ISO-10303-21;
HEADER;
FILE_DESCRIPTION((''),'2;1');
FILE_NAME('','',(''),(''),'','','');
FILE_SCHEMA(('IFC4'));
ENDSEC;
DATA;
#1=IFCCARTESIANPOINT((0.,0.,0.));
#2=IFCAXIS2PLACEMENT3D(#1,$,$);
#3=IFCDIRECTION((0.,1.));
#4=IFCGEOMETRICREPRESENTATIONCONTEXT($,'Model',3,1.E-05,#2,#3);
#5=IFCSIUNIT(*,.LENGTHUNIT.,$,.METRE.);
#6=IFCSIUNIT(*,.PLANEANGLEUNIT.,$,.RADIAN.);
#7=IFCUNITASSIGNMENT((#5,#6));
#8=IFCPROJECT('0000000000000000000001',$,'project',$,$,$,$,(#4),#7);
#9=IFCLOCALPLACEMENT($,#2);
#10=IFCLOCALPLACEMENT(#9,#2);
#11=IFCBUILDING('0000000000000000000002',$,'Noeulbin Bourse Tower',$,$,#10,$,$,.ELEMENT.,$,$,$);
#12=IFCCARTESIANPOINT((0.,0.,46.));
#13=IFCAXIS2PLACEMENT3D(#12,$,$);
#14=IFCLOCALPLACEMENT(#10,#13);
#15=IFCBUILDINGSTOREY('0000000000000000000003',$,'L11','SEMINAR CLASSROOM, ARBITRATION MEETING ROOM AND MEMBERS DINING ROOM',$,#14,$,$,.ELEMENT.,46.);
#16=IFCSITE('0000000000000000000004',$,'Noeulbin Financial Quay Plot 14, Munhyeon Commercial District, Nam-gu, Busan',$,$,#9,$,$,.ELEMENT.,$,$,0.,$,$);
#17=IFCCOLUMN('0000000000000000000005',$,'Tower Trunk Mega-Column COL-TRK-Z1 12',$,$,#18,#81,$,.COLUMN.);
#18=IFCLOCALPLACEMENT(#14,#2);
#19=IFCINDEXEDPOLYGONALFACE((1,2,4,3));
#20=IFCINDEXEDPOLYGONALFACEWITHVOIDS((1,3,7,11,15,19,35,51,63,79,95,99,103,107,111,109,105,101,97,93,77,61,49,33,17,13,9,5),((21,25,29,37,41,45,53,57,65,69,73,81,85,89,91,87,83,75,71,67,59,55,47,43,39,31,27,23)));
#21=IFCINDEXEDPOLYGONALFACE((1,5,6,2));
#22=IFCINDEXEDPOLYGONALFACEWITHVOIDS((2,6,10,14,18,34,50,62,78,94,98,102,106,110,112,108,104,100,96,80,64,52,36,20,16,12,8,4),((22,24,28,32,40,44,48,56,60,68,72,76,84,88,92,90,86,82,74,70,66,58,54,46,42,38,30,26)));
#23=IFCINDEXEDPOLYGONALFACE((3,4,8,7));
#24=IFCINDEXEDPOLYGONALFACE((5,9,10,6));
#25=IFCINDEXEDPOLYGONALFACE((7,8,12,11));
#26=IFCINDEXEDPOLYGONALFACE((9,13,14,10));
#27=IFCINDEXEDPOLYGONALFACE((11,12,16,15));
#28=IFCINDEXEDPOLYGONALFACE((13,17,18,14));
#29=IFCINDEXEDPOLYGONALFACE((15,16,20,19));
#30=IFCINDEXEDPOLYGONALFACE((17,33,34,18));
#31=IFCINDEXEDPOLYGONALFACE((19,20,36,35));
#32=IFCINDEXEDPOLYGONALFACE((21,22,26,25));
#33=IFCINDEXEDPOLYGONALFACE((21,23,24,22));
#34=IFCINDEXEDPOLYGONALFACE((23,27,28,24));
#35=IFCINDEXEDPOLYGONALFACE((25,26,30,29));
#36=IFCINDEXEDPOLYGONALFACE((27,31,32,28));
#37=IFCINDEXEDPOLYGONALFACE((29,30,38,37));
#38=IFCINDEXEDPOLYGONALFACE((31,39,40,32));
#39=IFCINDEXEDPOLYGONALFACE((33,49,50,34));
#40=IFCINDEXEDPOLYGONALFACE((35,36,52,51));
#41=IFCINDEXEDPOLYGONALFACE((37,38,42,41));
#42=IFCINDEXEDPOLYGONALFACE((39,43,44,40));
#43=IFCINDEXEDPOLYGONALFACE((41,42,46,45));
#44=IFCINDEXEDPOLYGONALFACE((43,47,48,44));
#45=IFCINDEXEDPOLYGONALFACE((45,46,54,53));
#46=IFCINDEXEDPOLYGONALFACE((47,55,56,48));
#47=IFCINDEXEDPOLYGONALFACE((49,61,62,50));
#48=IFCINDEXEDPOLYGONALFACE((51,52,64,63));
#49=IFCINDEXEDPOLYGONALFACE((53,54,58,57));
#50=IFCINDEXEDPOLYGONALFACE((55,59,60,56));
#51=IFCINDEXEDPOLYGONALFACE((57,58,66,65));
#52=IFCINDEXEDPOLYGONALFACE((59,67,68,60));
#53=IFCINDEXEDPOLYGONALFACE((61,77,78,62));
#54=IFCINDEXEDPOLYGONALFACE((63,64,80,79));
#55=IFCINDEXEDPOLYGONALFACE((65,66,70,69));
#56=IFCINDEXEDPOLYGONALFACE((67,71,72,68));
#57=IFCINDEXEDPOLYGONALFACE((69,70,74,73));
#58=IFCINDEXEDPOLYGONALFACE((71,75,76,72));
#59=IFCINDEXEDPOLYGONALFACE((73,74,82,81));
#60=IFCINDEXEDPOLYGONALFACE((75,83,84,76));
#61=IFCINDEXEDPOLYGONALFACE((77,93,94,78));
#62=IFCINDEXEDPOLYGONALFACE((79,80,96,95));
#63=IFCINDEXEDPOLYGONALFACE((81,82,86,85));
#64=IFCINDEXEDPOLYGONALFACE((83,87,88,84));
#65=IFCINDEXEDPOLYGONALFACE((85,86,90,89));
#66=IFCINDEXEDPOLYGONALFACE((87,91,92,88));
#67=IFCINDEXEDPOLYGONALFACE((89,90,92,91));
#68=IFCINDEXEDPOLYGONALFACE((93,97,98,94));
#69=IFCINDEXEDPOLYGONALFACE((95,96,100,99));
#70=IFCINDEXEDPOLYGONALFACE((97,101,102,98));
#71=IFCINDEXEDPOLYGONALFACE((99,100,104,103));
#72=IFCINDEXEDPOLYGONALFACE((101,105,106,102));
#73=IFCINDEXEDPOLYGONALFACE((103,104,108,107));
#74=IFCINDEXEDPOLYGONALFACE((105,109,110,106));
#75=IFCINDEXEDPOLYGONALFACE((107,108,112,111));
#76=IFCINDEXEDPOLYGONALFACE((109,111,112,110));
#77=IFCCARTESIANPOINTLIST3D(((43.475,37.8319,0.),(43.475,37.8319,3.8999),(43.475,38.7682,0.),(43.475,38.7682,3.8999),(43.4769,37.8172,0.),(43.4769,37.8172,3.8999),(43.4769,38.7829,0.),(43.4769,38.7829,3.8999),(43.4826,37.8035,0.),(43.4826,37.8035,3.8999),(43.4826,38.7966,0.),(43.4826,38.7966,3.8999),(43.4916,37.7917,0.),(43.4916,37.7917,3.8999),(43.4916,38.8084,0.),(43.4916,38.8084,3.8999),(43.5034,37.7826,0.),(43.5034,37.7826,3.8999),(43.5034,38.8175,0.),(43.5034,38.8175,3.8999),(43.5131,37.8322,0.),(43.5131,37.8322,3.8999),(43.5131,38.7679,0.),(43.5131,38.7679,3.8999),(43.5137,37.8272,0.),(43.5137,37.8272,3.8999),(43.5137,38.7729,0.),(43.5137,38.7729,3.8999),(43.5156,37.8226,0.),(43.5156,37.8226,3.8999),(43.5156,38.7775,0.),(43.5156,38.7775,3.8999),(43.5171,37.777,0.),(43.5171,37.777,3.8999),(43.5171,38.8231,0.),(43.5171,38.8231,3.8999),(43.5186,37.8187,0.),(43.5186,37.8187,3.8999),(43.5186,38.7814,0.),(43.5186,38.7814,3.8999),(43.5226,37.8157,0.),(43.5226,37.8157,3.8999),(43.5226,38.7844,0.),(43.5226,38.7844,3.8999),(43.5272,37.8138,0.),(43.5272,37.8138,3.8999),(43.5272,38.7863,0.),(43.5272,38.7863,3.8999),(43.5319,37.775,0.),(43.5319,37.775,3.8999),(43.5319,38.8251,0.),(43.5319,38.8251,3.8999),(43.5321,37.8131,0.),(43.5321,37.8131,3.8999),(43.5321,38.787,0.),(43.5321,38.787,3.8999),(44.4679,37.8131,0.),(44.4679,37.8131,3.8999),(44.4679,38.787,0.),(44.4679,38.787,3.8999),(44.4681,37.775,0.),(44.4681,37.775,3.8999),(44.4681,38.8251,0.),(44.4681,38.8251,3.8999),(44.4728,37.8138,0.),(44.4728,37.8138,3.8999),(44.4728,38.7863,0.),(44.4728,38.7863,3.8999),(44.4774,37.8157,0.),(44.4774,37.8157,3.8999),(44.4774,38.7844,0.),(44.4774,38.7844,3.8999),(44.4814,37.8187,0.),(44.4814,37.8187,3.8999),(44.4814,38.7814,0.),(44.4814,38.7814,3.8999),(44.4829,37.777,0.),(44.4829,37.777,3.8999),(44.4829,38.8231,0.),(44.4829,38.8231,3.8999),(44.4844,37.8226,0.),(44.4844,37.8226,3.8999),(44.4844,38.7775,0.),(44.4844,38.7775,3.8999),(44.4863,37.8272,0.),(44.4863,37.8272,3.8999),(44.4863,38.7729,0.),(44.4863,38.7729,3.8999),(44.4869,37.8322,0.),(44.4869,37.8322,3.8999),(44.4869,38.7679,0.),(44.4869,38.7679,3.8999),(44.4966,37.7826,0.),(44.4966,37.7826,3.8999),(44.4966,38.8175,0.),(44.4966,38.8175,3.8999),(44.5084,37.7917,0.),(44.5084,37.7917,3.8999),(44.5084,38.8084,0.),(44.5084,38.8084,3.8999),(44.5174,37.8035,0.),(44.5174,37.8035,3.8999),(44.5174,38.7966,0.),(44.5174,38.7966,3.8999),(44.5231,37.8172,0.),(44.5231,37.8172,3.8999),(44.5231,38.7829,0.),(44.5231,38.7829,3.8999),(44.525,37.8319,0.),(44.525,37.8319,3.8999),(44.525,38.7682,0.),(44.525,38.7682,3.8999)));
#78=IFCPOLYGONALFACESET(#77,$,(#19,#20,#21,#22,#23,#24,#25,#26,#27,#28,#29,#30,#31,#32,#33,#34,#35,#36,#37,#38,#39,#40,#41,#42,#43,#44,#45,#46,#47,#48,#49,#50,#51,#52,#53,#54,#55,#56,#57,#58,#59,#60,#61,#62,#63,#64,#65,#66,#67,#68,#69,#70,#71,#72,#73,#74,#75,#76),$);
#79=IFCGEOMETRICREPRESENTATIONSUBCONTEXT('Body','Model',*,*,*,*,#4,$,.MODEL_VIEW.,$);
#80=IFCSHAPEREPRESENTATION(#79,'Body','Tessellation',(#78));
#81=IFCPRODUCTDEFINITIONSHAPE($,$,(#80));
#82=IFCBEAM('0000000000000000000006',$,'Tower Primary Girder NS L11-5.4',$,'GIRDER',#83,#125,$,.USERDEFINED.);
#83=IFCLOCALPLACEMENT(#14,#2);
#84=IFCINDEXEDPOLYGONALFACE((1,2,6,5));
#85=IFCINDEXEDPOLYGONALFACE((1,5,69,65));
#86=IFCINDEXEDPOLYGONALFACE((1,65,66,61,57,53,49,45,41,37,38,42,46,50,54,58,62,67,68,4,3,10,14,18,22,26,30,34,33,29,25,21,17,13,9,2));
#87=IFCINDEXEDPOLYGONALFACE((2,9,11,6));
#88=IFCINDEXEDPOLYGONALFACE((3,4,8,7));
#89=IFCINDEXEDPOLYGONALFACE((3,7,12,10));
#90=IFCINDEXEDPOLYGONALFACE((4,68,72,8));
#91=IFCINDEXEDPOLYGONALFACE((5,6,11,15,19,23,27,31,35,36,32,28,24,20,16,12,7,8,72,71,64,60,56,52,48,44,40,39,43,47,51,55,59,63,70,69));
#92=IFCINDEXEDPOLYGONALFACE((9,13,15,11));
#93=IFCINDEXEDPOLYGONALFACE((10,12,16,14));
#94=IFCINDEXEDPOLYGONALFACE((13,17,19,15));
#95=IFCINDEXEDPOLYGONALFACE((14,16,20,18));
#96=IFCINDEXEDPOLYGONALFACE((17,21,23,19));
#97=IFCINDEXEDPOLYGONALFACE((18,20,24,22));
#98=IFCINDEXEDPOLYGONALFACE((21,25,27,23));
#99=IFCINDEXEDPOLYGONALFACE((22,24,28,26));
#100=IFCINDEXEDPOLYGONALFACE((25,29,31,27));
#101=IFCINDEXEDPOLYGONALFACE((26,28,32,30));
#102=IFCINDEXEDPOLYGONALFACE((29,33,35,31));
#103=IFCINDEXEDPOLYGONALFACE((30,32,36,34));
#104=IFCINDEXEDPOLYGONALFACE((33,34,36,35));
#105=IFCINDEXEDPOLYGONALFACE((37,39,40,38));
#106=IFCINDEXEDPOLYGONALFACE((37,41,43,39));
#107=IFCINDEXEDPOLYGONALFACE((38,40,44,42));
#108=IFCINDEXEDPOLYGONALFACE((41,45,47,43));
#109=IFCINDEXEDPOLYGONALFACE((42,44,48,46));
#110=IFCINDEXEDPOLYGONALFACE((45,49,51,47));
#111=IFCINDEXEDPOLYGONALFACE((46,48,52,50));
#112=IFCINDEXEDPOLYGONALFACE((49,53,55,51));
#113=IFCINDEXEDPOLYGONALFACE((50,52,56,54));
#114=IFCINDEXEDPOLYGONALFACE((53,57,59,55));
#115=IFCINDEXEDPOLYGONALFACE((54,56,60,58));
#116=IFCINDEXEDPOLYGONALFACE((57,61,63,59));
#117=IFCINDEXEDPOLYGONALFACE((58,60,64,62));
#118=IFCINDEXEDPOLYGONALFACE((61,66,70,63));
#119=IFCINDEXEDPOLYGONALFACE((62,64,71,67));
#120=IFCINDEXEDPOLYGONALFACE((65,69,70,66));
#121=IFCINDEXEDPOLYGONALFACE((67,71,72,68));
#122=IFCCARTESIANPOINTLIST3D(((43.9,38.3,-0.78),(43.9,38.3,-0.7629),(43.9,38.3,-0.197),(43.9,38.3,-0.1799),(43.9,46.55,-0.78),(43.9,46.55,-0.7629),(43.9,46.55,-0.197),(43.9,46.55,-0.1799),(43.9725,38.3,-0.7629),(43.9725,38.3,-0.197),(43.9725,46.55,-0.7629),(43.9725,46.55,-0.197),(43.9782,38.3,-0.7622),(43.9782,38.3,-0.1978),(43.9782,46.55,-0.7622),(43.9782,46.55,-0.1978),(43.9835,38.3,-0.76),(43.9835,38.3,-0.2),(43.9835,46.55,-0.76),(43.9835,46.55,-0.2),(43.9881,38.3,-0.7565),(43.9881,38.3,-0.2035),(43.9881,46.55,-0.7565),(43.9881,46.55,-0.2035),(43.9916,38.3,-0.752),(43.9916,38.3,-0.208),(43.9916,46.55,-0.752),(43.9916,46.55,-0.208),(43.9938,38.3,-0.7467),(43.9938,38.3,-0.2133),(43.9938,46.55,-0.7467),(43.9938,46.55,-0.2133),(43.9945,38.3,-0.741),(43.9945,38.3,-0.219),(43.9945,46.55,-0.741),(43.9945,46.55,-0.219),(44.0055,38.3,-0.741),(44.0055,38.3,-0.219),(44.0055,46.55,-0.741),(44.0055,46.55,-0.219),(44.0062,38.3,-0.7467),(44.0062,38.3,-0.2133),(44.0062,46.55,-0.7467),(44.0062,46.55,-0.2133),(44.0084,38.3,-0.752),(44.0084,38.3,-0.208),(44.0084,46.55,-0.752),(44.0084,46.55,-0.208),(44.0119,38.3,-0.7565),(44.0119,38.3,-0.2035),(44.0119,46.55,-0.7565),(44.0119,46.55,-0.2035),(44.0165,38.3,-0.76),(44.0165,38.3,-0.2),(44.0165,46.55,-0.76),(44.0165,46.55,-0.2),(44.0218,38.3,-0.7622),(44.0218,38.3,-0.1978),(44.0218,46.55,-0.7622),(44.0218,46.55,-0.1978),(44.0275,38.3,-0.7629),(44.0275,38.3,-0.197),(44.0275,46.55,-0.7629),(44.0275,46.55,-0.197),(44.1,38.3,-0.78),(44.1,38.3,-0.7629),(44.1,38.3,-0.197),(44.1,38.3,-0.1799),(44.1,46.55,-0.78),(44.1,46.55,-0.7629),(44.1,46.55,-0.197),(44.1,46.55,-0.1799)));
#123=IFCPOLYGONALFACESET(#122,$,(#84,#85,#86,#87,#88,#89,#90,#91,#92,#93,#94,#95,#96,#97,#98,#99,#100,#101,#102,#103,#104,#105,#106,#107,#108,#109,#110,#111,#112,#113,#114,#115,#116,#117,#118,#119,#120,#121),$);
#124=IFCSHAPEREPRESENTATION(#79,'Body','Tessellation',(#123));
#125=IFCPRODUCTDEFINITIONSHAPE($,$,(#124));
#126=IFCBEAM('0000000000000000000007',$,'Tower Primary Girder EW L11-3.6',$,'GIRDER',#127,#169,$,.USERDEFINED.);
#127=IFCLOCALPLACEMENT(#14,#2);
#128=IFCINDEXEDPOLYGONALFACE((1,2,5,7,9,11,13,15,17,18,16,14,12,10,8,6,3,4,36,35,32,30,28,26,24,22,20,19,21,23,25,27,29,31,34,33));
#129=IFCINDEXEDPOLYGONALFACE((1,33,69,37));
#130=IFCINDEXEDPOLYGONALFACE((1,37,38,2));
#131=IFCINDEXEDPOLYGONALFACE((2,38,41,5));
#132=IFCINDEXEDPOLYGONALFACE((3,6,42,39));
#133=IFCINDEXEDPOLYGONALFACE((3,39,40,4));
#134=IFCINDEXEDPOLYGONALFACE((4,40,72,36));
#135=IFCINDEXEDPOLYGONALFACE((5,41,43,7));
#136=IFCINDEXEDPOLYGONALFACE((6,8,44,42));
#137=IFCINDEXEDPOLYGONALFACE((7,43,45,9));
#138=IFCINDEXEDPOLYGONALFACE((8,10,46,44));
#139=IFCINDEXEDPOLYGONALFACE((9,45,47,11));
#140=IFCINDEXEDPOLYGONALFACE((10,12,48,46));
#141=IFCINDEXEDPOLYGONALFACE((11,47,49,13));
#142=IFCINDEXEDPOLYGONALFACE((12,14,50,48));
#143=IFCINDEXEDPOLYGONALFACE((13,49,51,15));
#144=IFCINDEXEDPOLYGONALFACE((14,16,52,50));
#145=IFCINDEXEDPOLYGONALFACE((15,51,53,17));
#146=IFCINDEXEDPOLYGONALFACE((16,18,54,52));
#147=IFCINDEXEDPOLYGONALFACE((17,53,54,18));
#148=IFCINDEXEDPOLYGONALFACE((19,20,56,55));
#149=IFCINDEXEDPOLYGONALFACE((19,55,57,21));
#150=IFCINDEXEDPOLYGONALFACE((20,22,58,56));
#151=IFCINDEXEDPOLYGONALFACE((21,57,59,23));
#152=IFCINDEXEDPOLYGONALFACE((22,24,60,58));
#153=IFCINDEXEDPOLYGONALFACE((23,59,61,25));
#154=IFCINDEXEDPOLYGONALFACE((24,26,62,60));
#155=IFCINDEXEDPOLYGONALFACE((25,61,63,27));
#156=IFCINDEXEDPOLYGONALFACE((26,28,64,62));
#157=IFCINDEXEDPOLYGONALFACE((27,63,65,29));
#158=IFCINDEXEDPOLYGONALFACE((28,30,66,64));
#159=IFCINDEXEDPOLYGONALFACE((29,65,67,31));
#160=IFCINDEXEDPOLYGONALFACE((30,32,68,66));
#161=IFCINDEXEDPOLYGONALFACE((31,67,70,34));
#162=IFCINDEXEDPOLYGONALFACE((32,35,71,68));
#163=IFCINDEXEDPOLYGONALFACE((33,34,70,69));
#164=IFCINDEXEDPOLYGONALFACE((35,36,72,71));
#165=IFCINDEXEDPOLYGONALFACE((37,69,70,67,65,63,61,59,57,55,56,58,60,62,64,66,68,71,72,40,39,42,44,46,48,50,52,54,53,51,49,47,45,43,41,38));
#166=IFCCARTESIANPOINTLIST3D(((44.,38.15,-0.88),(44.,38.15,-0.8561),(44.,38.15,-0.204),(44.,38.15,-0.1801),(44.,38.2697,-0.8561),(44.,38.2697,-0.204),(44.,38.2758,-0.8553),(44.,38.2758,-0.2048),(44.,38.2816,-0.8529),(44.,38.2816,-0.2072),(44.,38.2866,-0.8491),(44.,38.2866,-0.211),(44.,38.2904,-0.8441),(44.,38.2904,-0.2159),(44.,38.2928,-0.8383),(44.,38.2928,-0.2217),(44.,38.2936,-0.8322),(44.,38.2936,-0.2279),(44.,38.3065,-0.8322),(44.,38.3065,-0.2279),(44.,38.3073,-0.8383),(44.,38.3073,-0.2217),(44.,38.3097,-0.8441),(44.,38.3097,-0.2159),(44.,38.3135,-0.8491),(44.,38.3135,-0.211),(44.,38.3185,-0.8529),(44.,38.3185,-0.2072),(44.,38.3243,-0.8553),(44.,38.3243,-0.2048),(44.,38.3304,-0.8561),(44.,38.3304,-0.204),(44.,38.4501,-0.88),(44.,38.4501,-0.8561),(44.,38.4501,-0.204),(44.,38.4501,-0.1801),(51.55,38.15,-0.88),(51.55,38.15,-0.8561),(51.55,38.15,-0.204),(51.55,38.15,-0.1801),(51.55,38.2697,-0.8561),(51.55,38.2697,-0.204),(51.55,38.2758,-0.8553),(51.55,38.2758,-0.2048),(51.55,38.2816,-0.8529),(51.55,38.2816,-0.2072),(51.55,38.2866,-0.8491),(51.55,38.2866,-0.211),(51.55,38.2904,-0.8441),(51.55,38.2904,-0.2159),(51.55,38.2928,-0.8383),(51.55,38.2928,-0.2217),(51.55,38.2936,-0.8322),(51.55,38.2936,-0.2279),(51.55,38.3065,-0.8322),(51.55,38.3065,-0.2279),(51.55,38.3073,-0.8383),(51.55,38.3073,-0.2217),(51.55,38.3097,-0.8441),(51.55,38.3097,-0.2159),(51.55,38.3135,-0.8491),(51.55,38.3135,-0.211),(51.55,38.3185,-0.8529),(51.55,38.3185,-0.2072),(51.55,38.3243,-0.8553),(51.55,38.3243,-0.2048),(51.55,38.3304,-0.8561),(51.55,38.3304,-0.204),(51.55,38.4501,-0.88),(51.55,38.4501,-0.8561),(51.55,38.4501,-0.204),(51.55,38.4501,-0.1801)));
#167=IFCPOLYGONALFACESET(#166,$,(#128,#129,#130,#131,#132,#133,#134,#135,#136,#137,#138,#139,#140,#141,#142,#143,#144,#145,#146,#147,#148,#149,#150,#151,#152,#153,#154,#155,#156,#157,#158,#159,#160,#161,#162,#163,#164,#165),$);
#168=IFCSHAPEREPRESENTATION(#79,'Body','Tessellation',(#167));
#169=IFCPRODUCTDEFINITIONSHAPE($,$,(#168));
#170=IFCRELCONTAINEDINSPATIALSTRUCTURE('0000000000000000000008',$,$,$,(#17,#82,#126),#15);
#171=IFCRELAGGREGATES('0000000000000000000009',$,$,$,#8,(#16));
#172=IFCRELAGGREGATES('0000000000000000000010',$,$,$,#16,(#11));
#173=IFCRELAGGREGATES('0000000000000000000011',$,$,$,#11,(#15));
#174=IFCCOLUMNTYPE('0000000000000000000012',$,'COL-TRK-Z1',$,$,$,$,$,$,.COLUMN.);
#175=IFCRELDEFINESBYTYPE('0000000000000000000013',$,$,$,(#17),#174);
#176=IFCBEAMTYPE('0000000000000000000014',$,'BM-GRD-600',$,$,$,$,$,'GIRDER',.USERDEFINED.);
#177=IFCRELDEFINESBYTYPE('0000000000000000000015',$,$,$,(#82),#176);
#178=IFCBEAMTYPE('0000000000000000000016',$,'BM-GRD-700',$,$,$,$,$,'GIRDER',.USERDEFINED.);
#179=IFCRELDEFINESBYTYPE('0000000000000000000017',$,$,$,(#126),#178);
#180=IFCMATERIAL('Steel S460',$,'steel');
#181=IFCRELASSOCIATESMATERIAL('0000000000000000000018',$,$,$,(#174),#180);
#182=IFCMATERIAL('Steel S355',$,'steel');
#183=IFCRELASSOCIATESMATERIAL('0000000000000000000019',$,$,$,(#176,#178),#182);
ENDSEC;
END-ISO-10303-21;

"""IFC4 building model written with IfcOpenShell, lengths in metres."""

from ifc_helpers import new_model, si_unit, direction, frame, origin, origin_2d, place, context, subcontext, project, spatial, hollow_rectangle, i_section, extrude, material, material_profile, profile_set, type_object, element, save


model = new_model("IFC4")

# Units and contexts
model_context = context("Model", 3, precision=1e-05, world=origin(), true_north=direction((0.0, 1.0)))
body_context = subcontext(model_context, "Body", "Model", "MODEL_VIEW")
ifc_project = project(units=[si_unit("LENGTHUNIT", "METRE"), si_unit("PLANEANGLEUNIT", "RADIAN")], contexts=[model_context])

# Site, building, storey
site_placement = place(None, origin())
site = spatial("IfcSite", under=ifc_project, at=site_placement, Name="Noeulbin Financial Quay Plot 14, Munhyeon Commercial District, Nam-gu, Busan", CompositionType="ELEMENT", RefElevation=0.0)
building_placement = place(site_placement, origin())
building = spatial("IfcBuilding", under=site, at=building_placement, Name="Noeulbin Bourse Tower", CompositionType="ELEMENT")
storey_placement = place(building_placement, frame((0.0, 0.0, 46.0)))
storey = spatial("IfcBuildingStorey", under=building, at=storey_placement, Name="L11", Description="SEMINAR CLASSROOM, ARBITRATION MEETING ROOM AND MEMBERS DINING ROOM", CompositionType="ELEMENT", Elevation=46.0)

# Column
ifc_material_1 = material(Name="Steel S460", Category="steel")
ifc_material_profile_1 = material_profile(ifc_material_1, hollow_rectangle(XDim=1.05, YDim=1.05, WallThickness=0.0381, InnerFilletRadius=0.019, OuterFilletRadius=0.0569, at=origin_2d()), Name="BOX-1050x1050x38", Category="LoadBearing")
ifc_profile_set_1 = profile_set([ifc_material_profile_1], Name="Steel S460")
column_type_1 = type_object("IfcColumnType", Name="COL-TRK-Z1", PredefinedType="COLUMN", material=ifc_profile_set_1)
column_placement = place(storey_placement, frame((44.0, 38.3, 0.0), z_axis=(0.0, 0.0, 1.0), x_axis=(1.0, 0.0, 0.0)))
element("IfcColumn", 1, at=column_placement, inside=storey, type_object=column_type_1, Name="Tower Trunk Mega-Column COL-TRK-Z1 12", PredefinedType="COLUMN", context=body_context, shape_type="SweptSolid", body=[
    extrude(hollow_rectangle(XDim=1.05, YDim=1.05, WallThickness=0.0381, InnerFilletRadius=0.019, OuterFilletRadius=0.0569, at=origin_2d()), origin(), (0.0, 0.0, 1.0), 3.8999),
])

# Beams
ifc_material_2 = material(Name="Steel S355", Category="steel")
ifc_material_profile_2 = material_profile(ifc_material_2, i_section(OverallWidth=0.2, OverallDepth=0.6001, WebThickness=0.011, FlangeThickness=0.0171, FilletRadius=0.022, at=origin_2d()), Name="H-600x200x11x17", Category="LoadBearing")
ifc_profile_set_2 = profile_set([ifc_material_profile_2], Name="Steel S355")
beam_type_1 = type_object("IfcBeamType", Name="BM-GRD-600", ElementType="GIRDER", PredefinedType="USERDEFINED", material=ifc_profile_set_2)
beam_1_placement = place(storey_placement, frame((44.0, 38.3, -0.48), z_axis=(0.0, 1.0, 0.0), x_axis=(-1.0, 0.0, 0.0)))
element("IfcBeam", 2, at=beam_1_placement, inside=storey, type_object=beam_type_1, Name="Tower Primary Girder NS L11-5.4", ObjectType="GIRDER", PredefinedType="USERDEFINED", context=body_context, shape_type="SweptSolid", body=[
    extrude(i_section(OverallWidth=0.2, OverallDepth=0.6001, WebThickness=0.011, FlangeThickness=0.0171, FilletRadius=0.022, at=origin_2d()), origin(), (0.0, 0.0, 1.0), 8.25),
])
ifc_material_profile_3 = material_profile(ifc_material_2, i_section(OverallWidth=0.3, OverallDepth=0.7, WebThickness=0.0129, FlangeThickness=0.0239, FilletRadius=0.0239, at=origin_2d()), Name="H-700x300x13x24", Category="LoadBearing")
ifc_profile_set_3 = profile_set([ifc_material_profile_3], Name="Steel S355")
beam_type_2 = type_object("IfcBeamType", Name="BM-GRD-700", ElementType="GIRDER", PredefinedType="USERDEFINED", material=ifc_profile_set_3)
beam_2_placement = place(storey_placement, frame((44.0, 38.3, -0.53), z_axis=(1.0, 0.0, 0.0), x_axis=(0.0, 1.0, 0.0)))
element("IfcBeam", 3, at=beam_2_placement, inside=storey, type_object=beam_type_2, Name="Tower Primary Girder EW L11-3.6", ObjectType="GIRDER", PredefinedType="USERDEFINED", context=body_context, shape_type="SweptSolid", body=[
    extrude(i_section(OverallWidth=0.3, OverallDepth=0.7, WebThickness=0.0129, FlangeThickness=0.0239, FilletRadius=0.0239, at=origin_2d()), origin(), (0.0, 0.0, 1.0), 7.55),
])

save(model, "model.ifc")
